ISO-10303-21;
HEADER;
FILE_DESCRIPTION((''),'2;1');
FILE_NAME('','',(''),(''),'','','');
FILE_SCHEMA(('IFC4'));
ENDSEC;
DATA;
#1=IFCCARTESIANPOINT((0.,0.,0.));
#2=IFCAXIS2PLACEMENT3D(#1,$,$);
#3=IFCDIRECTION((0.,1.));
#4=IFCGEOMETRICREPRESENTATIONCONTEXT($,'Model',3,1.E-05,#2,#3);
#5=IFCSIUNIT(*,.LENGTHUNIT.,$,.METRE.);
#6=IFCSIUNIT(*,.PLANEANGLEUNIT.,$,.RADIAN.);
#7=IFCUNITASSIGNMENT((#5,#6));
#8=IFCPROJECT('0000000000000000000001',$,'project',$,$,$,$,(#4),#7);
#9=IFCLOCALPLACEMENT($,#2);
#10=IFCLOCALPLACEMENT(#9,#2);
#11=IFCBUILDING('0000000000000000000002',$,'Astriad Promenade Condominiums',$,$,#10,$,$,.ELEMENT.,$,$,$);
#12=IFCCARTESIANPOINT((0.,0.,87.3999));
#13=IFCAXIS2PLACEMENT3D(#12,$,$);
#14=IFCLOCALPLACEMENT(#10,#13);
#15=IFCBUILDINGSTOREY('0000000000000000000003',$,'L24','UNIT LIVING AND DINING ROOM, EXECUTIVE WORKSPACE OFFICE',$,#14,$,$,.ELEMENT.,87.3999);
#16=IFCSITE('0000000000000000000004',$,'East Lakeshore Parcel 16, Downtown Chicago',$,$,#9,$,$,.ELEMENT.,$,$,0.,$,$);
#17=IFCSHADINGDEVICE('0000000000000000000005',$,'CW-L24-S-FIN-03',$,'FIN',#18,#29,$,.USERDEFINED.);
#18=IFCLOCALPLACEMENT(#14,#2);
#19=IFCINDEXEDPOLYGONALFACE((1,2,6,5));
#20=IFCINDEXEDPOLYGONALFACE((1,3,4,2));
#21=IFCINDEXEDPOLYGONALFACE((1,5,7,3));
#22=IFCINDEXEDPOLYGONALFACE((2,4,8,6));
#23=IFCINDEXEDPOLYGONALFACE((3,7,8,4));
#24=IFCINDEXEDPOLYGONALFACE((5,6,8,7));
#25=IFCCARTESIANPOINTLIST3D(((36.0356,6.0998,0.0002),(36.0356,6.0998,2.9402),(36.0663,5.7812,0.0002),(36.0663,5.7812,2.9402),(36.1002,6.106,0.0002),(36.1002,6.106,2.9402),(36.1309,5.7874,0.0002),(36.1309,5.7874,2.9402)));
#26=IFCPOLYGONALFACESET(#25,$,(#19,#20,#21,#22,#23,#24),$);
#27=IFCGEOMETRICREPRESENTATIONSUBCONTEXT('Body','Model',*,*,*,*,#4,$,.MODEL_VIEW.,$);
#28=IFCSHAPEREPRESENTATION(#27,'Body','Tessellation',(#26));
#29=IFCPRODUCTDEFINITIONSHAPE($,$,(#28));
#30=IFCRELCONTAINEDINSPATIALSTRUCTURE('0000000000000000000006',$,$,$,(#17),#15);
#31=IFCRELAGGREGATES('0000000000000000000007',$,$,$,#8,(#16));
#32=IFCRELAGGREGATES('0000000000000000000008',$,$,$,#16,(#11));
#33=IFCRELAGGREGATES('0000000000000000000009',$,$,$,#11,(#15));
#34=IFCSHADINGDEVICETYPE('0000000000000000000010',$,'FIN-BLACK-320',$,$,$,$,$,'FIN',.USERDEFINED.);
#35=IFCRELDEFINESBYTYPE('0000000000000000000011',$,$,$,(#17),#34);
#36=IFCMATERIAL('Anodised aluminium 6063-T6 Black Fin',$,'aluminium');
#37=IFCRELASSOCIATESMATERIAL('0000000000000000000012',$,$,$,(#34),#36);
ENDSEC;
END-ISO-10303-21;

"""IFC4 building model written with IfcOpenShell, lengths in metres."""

from ifc_helpers import new_model, si_unit, direction, frame, origin, origin_2d, place, context, subcontext, project, spatial, rectangle, extrude, source, transform, mapped, material, type_object, type_shapes, element, save


model = new_model("IFC4")

# Units and contexts
model_context = context("Model", 3, precision=1e-05, world=origin(), true_north=direction((0.0, 1.0)))
body_context = subcontext(model_context, "Body", "Model", "MODEL_VIEW")
ifc_project = project(units=[si_unit("LENGTHUNIT", "METRE"), si_unit("PLANEANGLEUNIT", "RADIAN")], contexts=[model_context])

# Site, building, storey
site_placement = place(None, origin())
site = spatial("IfcSite", under=ifc_project, at=site_placement, Name="East Lakeshore Parcel 16, Downtown Chicago", CompositionType="ELEMENT", RefElevation=0.0)
building_placement = place(site_placement, origin())
building = spatial("IfcBuilding", under=site, at=building_placement, Name="Astriad Promenade Condominiums", CompositionType="ELEMENT")
storey_placement = place(building_placement, frame((0.0, 0.0, 87.3999)))
storey = spatial("IfcBuildingStorey", under=building, at=storey_placement, Name="L24", Description="UNIT LIVING AND DINING ROOM, EXECUTIVE WORKSPACE OFFICE", CompositionType="ELEMENT", Elevation=87.3999)

# Shading device
ifc_material_1 = material(Name="Anodised aluminium 6063-T6 Black Fin", Category="aluminium")
shading_device_type = type_object("IfcShadingDeviceType", Name="FIN-BLACK-320", ElementType="FIN", PredefinedType="USERDEFINED", material=ifc_material_1)
shared_shape_1 = source(origin(), body_context, "Body", "SweptSolid", [
    extrude(rectangle(XDim=0.0649, YDim=0.3201, at=origin_2d()), origin(), (0.0, 0.0, 1.0), 2.9399),
])
type_shapes(shading_device_type, [shared_shape_1])
shading_device_placement = place(storey_placement, frame((36.0833, 5.9436, 0.0002), z_axis=(0.0, 0.0, 1.0), x_axis=(-0.995396, -0.095846, 0.0)))
element("IfcShadingDevice", 1, at=shading_device_placement, inside=storey, type_object=shading_device_type, Name="CW-L24-S-FIN-03", ObjectType="FIN", PredefinedType="USERDEFINED", context=body_context, shape_type="MappedRepresentation", body=[
    mapped(shared_shape_1, transform((0.0, 0.0, 0.0), scale=1.0)),
])

save(model, "model.ifc")
